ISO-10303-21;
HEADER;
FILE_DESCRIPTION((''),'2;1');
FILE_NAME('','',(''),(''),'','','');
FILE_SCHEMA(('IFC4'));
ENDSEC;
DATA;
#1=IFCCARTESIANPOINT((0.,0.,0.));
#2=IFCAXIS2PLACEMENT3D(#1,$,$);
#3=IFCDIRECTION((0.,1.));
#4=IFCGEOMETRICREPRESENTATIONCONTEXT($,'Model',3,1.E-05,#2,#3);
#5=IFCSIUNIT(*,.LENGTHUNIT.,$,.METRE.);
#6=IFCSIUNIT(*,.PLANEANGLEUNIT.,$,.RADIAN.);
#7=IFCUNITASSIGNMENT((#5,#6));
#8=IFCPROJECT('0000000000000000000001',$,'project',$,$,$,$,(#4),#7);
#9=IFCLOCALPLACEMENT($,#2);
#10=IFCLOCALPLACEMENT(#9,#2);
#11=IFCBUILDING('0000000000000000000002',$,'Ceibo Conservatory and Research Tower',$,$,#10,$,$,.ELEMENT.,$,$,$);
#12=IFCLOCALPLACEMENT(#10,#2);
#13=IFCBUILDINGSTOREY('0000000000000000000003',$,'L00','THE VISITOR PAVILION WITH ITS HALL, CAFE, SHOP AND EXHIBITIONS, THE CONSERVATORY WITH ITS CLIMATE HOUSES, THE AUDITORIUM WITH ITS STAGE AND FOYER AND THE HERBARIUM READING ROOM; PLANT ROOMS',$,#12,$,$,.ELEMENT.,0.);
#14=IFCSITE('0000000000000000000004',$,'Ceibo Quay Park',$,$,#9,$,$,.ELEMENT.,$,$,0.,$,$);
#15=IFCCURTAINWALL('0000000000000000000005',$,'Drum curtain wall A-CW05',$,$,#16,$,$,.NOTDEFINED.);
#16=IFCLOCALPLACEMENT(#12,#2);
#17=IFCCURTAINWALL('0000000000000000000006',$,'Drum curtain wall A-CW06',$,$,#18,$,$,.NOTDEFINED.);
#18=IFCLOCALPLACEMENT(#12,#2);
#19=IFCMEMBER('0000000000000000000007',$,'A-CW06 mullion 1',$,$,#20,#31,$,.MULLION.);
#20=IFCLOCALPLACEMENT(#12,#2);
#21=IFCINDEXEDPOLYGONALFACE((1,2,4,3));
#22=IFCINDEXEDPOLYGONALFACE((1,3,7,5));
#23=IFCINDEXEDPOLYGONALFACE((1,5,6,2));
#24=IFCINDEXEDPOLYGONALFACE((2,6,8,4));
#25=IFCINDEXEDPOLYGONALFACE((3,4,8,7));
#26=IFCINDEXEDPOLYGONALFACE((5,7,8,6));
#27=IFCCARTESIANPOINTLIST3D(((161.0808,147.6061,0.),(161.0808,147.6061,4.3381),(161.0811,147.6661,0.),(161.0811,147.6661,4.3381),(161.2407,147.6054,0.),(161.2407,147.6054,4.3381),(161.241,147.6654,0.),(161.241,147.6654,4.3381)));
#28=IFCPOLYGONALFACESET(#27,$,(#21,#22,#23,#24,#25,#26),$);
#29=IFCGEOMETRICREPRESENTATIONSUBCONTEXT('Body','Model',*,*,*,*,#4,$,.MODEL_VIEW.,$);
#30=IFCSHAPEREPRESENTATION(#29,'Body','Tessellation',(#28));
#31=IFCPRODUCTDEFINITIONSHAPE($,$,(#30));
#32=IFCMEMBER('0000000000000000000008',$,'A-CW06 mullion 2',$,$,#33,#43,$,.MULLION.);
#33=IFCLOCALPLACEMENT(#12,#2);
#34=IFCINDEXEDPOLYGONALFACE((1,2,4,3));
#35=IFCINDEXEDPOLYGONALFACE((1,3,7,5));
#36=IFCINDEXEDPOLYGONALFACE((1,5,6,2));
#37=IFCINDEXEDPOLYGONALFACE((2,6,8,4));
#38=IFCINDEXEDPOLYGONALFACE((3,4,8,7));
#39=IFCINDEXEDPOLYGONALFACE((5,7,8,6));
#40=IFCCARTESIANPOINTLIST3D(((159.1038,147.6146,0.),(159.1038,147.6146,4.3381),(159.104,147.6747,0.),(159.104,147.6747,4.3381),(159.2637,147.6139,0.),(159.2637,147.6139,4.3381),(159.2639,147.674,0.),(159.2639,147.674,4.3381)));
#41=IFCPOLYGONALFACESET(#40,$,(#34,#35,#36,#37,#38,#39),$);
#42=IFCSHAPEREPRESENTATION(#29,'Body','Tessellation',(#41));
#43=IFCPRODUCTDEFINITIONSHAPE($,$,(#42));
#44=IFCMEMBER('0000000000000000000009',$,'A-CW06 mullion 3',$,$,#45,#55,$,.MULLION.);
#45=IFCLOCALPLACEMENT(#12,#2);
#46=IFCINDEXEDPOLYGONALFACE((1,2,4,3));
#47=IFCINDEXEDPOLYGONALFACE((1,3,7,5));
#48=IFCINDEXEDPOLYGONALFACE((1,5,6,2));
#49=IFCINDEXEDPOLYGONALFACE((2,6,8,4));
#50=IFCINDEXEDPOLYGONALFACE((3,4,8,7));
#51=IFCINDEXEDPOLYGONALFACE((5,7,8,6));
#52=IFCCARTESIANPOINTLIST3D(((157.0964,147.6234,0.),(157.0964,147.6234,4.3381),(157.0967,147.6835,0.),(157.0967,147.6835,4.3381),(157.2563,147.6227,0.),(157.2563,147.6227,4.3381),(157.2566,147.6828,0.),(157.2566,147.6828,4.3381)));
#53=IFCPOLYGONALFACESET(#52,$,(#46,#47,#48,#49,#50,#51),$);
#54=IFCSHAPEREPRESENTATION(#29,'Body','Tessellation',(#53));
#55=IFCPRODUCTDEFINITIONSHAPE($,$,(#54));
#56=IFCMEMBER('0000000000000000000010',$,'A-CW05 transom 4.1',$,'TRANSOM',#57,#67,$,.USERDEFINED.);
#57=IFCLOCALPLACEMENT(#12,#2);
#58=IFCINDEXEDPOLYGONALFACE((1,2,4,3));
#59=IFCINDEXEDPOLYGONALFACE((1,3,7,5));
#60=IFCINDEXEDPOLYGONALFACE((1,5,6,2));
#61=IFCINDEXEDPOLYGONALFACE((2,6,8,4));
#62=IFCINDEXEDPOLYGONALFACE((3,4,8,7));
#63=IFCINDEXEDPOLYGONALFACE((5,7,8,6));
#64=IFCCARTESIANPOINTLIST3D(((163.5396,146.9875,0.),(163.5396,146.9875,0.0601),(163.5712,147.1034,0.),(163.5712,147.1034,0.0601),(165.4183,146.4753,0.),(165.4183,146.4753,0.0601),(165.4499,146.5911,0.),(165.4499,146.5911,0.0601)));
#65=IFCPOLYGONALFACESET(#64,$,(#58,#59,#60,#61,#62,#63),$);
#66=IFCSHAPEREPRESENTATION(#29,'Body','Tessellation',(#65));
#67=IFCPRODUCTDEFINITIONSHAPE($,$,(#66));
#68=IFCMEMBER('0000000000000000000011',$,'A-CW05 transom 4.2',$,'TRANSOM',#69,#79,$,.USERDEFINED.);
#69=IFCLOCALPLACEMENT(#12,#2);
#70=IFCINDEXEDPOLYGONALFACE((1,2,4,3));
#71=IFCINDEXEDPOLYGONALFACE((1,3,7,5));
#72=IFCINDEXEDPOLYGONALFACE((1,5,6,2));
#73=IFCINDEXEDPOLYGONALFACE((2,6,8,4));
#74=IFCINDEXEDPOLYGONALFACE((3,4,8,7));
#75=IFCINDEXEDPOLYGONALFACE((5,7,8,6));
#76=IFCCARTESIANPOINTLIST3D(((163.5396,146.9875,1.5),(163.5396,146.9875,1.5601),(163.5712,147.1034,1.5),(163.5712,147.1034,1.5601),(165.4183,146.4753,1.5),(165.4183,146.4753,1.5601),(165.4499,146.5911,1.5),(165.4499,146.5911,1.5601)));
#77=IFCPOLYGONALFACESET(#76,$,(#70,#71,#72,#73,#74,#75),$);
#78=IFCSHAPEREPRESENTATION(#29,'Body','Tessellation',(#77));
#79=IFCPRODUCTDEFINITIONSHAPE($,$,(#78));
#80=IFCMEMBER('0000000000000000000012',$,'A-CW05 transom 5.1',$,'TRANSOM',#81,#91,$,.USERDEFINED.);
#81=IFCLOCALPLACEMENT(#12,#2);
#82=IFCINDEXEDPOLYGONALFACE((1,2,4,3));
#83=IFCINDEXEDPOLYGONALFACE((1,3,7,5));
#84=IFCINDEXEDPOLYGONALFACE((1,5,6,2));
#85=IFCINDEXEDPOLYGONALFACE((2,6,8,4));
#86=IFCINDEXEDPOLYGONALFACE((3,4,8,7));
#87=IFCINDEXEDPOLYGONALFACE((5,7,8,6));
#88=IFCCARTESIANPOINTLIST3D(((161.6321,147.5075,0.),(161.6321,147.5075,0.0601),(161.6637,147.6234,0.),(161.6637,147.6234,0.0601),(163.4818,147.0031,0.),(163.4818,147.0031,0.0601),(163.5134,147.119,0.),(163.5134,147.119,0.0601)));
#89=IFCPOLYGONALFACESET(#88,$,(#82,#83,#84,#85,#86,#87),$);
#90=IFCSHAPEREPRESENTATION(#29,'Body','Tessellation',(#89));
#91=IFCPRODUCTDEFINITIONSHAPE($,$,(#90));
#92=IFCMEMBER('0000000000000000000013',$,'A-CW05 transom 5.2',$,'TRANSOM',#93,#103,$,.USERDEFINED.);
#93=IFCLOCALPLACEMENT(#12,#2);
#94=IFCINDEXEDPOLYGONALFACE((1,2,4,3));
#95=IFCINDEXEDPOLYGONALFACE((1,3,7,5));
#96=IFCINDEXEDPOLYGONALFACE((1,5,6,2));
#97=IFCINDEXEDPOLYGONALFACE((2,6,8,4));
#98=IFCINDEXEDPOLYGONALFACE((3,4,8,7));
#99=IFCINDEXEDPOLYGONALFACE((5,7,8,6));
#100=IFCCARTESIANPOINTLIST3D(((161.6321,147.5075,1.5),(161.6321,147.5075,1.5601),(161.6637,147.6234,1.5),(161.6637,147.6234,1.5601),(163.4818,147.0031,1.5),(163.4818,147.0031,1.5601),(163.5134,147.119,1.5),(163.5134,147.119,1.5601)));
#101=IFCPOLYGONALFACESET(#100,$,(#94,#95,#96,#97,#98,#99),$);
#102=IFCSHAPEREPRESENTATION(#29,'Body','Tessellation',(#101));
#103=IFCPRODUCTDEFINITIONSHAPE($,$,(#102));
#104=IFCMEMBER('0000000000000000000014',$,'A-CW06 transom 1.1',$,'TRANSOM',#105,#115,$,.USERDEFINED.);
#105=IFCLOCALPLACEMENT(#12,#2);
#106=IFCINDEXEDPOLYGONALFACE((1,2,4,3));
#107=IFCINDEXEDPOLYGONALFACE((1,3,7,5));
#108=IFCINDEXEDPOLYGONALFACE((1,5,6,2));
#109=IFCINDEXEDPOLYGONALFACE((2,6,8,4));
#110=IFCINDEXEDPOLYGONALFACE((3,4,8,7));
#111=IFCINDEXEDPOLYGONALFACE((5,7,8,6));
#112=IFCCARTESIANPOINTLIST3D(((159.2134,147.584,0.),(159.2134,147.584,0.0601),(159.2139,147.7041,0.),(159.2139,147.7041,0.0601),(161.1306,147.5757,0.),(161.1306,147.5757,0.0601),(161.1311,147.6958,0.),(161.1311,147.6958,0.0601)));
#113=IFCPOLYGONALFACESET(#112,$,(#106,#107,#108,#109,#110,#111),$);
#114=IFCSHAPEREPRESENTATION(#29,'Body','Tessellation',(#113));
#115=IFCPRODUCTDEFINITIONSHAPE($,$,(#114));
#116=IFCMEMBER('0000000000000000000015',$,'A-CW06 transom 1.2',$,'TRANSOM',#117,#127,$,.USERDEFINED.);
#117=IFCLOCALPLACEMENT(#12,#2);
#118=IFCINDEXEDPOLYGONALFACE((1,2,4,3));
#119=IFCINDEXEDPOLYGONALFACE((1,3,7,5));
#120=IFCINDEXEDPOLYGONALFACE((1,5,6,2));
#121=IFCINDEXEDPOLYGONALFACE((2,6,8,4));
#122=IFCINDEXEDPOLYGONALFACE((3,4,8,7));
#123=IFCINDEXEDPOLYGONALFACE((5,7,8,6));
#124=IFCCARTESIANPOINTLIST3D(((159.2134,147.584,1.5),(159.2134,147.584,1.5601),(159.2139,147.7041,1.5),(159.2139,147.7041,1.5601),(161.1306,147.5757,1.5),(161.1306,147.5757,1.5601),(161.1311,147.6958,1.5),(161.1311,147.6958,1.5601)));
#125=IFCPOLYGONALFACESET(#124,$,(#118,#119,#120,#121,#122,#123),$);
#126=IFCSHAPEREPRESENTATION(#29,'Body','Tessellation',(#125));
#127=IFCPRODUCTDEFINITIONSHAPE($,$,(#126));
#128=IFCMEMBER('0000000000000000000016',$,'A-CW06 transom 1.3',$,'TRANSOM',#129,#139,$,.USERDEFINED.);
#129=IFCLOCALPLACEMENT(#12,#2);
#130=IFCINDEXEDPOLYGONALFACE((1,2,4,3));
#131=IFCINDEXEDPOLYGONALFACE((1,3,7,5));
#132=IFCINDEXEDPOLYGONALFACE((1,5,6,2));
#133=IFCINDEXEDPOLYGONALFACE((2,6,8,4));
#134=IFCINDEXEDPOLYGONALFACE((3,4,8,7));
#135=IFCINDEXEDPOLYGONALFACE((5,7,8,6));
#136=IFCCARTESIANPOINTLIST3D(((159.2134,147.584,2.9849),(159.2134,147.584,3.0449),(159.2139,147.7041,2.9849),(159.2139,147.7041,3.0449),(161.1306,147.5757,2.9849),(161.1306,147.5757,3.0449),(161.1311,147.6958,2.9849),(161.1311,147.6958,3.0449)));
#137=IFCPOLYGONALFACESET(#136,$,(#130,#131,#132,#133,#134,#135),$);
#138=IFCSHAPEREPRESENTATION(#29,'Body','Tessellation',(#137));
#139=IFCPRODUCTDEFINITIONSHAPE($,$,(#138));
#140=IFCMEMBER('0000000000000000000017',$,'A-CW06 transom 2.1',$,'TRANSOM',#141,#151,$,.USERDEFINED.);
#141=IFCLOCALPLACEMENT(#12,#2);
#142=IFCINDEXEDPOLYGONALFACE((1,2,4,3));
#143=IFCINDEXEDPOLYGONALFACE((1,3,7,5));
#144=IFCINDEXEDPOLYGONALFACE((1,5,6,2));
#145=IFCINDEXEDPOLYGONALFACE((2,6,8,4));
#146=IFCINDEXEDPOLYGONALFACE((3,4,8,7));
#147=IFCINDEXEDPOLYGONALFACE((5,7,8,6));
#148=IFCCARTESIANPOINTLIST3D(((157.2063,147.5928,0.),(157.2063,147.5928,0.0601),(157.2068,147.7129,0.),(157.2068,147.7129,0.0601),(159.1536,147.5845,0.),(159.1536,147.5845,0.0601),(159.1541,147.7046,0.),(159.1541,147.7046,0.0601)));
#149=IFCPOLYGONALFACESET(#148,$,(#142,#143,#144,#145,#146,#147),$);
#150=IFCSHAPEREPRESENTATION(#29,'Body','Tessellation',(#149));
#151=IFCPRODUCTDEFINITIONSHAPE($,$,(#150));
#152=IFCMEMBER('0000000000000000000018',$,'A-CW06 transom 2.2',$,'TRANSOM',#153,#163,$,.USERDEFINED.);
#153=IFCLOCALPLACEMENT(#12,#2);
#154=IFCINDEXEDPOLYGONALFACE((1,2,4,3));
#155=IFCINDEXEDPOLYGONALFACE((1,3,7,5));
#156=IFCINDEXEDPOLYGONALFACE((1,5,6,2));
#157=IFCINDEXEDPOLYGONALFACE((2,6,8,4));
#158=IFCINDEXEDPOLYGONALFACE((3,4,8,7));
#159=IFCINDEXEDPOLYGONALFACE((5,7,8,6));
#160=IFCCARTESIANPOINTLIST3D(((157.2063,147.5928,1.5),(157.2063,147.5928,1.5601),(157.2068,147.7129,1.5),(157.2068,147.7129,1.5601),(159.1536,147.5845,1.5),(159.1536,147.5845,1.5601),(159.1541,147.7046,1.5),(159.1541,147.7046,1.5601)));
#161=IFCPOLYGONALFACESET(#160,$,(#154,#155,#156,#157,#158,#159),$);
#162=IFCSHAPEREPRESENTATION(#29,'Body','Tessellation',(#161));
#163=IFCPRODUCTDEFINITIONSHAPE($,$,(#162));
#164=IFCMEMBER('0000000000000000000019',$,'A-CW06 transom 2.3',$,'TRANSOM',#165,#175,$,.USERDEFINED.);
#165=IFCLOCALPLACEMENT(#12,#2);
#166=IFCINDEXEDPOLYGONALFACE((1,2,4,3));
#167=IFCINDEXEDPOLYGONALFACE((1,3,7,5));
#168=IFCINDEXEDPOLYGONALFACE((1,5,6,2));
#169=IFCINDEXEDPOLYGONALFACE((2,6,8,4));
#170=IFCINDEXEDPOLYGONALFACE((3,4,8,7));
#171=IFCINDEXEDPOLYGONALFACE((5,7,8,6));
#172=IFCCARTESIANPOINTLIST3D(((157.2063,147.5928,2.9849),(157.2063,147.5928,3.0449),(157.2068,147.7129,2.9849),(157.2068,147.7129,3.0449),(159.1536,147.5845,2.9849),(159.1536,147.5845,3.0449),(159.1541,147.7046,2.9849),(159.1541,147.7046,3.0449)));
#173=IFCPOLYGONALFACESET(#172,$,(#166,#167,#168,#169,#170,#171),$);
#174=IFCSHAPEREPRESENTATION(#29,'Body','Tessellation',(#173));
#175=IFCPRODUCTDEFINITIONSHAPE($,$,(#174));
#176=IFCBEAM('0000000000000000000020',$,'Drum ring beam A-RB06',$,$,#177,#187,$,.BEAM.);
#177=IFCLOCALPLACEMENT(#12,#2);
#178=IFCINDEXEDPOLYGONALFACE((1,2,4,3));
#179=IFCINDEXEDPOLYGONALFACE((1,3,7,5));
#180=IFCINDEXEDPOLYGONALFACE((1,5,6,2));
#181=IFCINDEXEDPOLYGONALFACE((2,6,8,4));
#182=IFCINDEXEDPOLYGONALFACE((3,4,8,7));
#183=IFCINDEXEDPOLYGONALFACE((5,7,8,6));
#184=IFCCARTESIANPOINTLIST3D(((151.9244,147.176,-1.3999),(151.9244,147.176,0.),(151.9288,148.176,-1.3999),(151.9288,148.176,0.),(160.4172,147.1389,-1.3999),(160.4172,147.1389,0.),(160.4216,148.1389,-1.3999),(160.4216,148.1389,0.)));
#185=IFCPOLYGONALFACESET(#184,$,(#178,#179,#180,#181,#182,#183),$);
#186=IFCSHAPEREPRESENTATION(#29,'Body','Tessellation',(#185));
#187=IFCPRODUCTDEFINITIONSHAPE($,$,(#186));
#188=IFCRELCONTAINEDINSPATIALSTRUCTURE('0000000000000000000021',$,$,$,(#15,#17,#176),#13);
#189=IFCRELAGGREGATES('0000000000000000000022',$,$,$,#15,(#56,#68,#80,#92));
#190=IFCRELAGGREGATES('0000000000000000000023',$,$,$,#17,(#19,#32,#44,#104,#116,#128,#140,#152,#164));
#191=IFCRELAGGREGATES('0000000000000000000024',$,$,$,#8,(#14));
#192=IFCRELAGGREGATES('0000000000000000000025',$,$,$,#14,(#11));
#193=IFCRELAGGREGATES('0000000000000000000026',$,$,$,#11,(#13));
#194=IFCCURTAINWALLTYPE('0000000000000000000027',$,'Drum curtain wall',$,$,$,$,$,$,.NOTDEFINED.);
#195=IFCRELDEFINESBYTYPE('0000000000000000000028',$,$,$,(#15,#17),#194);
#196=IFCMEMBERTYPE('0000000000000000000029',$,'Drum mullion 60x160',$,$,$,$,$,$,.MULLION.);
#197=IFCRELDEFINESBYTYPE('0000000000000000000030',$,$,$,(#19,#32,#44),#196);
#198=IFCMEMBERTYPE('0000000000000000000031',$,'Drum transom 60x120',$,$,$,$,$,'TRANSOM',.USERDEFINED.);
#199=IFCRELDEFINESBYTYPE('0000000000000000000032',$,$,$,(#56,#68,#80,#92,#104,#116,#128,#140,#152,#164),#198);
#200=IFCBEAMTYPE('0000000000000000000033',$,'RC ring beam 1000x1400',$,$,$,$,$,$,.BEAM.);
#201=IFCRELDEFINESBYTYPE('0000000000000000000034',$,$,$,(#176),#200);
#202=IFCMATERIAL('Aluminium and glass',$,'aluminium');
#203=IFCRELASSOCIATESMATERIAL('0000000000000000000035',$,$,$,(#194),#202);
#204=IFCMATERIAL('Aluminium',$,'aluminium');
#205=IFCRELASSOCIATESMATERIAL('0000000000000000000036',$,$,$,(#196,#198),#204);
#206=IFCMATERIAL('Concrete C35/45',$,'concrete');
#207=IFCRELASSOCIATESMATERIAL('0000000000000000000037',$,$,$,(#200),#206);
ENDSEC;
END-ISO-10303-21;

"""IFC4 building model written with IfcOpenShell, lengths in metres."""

from ifc_helpers import new_model, si_unit, direction, frame, origin, origin_2d, place, context, subcontext, project, spatial, rectangle, extrude, material, material_profile, profile_set, type_object, element, aggregate, save


model = new_model("IFC4")

# Units and contexts
model_context = context("Model", 3, precision=1e-05, world=origin(), true_north=direction((0.0, 1.0)))
body_context = subcontext(model_context, "Body", "Model", "MODEL_VIEW")
ifc_project = project(units=[si_unit("LENGTHUNIT", "METRE"), si_unit("PLANEANGLEUNIT", "RADIAN")], contexts=[model_context])

# Site, building, storey
site_placement = place(None, origin())
site = spatial("IfcSite", under=ifc_project, at=site_placement, Name="Ceibo Quay Park", CompositionType="ELEMENT", RefElevation=0.0)
building_placement = place(site_placement, origin())
building = spatial("IfcBuilding", under=site, at=building_placement, Name="Ceibo Conservatory and Research Tower", CompositionType="ELEMENT")
storey_placement = place(building_placement, origin())
storey = spatial("IfcBuildingStorey", under=building, at=storey_placement, Name="L00", Description="THE VISITOR PAVILION WITH ITS HALL, CAFE, SHOP AND EXHIBITIONS, THE CONSERVATORY WITH ITS CLIMATE HOUSES, THE AUDITORIUM WITH ITS STAGE AND FOYER AND THE HERBARIUM READING ROOM; PLANT ROOMS", CompositionType="ELEMENT", Elevation=0.0)

# Shared definitions
ifc_material_1 = material(Name="Concrete C35/45", Category="concrete")

# Curtain walls, members
ifc_material_2 = material(Name="Aluminium and glass", Category="aluminium")
curtain_wall_type = type_object("IfcCurtainWallType", Name="Drum curtain wall", PredefinedType="NOTDEFINED", material=ifc_material_2)
curtain_wall_1_placement = place(storey_placement, origin())
curtain_wall_1 = element("IfcCurtainWall", 1, at=curtain_wall_1_placement, inside=storey, type_object=curtain_wall_type, Name="Drum curtain wall A-CW05", PredefinedType="NOTDEFINED")
ifc_material_3 = material(Name="Aluminium", Category="aluminium")
ifc_material_profile_1 = material_profile(ifc_material_3, rectangle(XDim=0.0601, YDim=0.1599, at=origin_2d()), Name="AL 60x160")
ifc_profile_set_1 = profile_set([ifc_material_profile_1], Name="Aluminium")
member_type_1 = type_object("IfcMemberType", Name="Drum mullion 60x160", PredefinedType="MULLION", material=ifc_profile_set_1)
curtain_wall_2_placement = place(storey_placement, origin())
curtain_wall_2 = element("IfcCurtainWall", 2, at=curtain_wall_2_placement, inside=storey, type_object=curtain_wall_type, Name="Drum curtain wall A-CW06", PredefinedType="NOTDEFINED")
member_1_placement = place(storey_placement, frame((161.1609, 147.6357, 0.0), z_axis=(0.0, 0.0, 1.0), x_axis=(-0.004363, -0.99999, 0.0)))
member_1 = element("IfcMember", 3, at=member_1_placement, type_object=member_type_1, Name="A-CW06 mullion 1", PredefinedType="MULLION", context=body_context, shape_type="SweptSolid", body=[
    extrude(rectangle(XDim=0.0601, YDim=0.1599, at=origin_2d()), origin(), (0.0, 0.0, 1.0), 4.3381),
])
member_2_placement = place(storey_placement, frame((159.1838, 147.6443, 0.0), z_axis=(0.0, 0.0, 1.0), x_axis=(-0.004363, -0.99999, 0.0)))
member_2 = element("IfcMember", 4, at=member_2_placement, type_object=member_type_1, Name="A-CW06 mullion 2", PredefinedType="MULLION", context=body_context, shape_type="SweptSolid", body=[
    extrude(rectangle(XDim=0.0601, YDim=0.1599, at=origin_2d()), origin(), (0.0, 0.0, 1.0), 4.3381),
])
member_3_placement = place(storey_placement, frame((157.1765, 147.6531, 0.0), z_axis=(0.0, 0.0, 1.0), x_axis=(-0.004363, -0.99999, 0.0)))
member_3 = element("IfcMember", 5, at=member_3_placement, type_object=member_type_1, Name="A-CW06 mullion 3", PredefinedType="MULLION", context=body_context, shape_type="SweptSolid", body=[
    extrude(rectangle(XDim=0.0601, YDim=0.1599, at=origin_2d()), origin(), (0.0, 0.0, 1.0), 4.3381),
])

# Members
ifc_material_profile_2 = material_profile(ifc_material_3, rectangle(XDim=0.1201, YDim=0.0601, at=origin_2d()), Name="AL 60x120")
ifc_profile_set_2 = profile_set([ifc_material_profile_2], Name="Aluminium")
member_type_2 = type_object("IfcMemberType", Name="Drum transom 60x120", ElementType="TRANSOM", PredefinedType="USERDEFINED", material=ifc_profile_set_2)
member_4_placement = place(storey_placement, frame((165.4341, 146.5332, 0.03), z_axis=(-0.964784, 0.263043, 0.0), x_axis=(-0.263043, -0.964784, 0.0)))
member_4 = element("IfcMember", 6, at=member_4_placement, type_object=member_type_2, Name="A-CW05 transom 4.1", ObjectType="TRANSOM", PredefinedType="USERDEFINED", context=body_context, shape_type="SweptSolid", body=[
    extrude(rectangle(XDim=0.1201, YDim=0.0601, at=origin_2d()), origin(), (0.0, 0.0, 1.0), 1.9473),
])
member_5_placement = place(storey_placement, frame((165.4341, 146.5332, 1.53), z_axis=(-0.964784, 0.263043, 0.0), x_axis=(-0.263043, -0.964784, 0.0)))
member_5 = element("IfcMember", 7, at=member_5_placement, type_object=member_type_2, Name="A-CW05 transom 4.2", ObjectType="TRANSOM", PredefinedType="USERDEFINED", context=body_context, shape_type="SweptSolid", body=[
    extrude(rectangle(XDim=0.1201, YDim=0.0601, at=origin_2d()), origin(), (0.0, 0.0, 1.0), 1.9473),
])
member_6_placement = place(storey_placement, frame((163.4976, 147.061, 0.03), z_axis=(-0.96477, 0.263096, 0.0), x_axis=(-0.263096, -0.96477, 0.0)))
member_6 = element("IfcMember", 8, at=member_6_placement, type_object=member_type_2, Name="A-CW05 transom 5.1", ObjectType="TRANSOM", PredefinedType="USERDEFINED", context=body_context, shape_type="SweptSolid", body=[
    extrude(rectangle(XDim=0.1201, YDim=0.0601, at=origin_2d()), origin(), (0.0, 0.0, 1.0), 1.9172),
])
member_7_placement = place(storey_placement, frame((163.4976, 147.061, 1.53), z_axis=(-0.96477, 0.263096, 0.0), x_axis=(-0.263096, -0.96477, 0.0)))
member_7 = element("IfcMember", 9, at=member_7_placement, type_object=member_type_2, Name="A-CW05 transom 5.2", ObjectType="TRANSOM", PredefinedType="USERDEFINED", context=body_context, shape_type="SweptSolid", body=[
    extrude(rectangle(XDim=0.1201, YDim=0.0601, at=origin_2d()), origin(), (0.0, 0.0, 1.0), 1.9172),
])
member_8_placement = place(storey_placement, frame((161.1309, 147.6357, 0.03), z_axis=(-0.999991, 0.00433, 0.0), x_axis=(-0.00433, -0.999991, 0.0)))
member_8 = element("IfcMember", 10, at=member_8_placement, type_object=member_type_2, Name="A-CW06 transom 1.1", ObjectType="TRANSOM", PredefinedType="USERDEFINED", context=body_context, shape_type="SweptSolid", body=[
    extrude(rectangle(XDim=0.1201, YDim=0.0601, at=origin_2d()), origin(), (0.0, 0.0, 1.0), 1.9172),
])
member_9_placement = place(storey_placement, frame((161.1309, 147.6357, 1.53), z_axis=(-0.999991, 0.00433, 0.0), x_axis=(-0.00433, -0.999991, 0.0)))
member_9 = element("IfcMember", 11, at=member_9_placement, type_object=member_type_2, Name="A-CW06 transom 1.2", ObjectType="TRANSOM", PredefinedType="USERDEFINED", context=body_context, shape_type="SweptSolid", body=[
    extrude(rectangle(XDim=0.1201, YDim=0.0601, at=origin_2d()), origin(), (0.0, 0.0, 1.0), 1.9172),
])
member_10_placement = place(storey_placement, frame((161.1309, 147.6357, 3.0149), z_axis=(-0.999991, 0.00433, 0.0), x_axis=(-0.00433, -0.999991, 0.0)))
member_10 = element("IfcMember", 12, at=member_10_placement, type_object=member_type_2, Name="A-CW06 transom 1.3", ObjectType="TRANSOM", PredefinedType="USERDEFINED", context=body_context, shape_type="SweptSolid", body=[
    extrude(rectangle(XDim=0.1201, YDim=0.0601, at=origin_2d()), origin(), (0.0, 0.0, 1.0), 1.9172),
])
member_11_placement = place(storey_placement, frame((159.1538, 147.6445, 0.03), z_axis=(-0.999991, 0.004263, 0.0), x_axis=(-0.004263, -0.999991, 0.0)))
member_11 = element("IfcMember", 13, at=member_11_placement, type_object=member_type_2, Name="A-CW06 transom 2.1", ObjectType="TRANSOM", PredefinedType="USERDEFINED", context=body_context, shape_type="SweptSolid", body=[
    extrude(rectangle(XDim=0.1201, YDim=0.0601, at=origin_2d()), origin(), (0.0, 0.0, 1.0), 1.9473),
])
member_12_placement = place(storey_placement, frame((159.1538, 147.6445, 1.53), z_axis=(-0.999991, 0.004263, 0.0), x_axis=(-0.004263, -0.999991, 0.0)))
member_12 = element("IfcMember", 14, at=member_12_placement, type_object=member_type_2, Name="A-CW06 transom 2.2", ObjectType="TRANSOM", PredefinedType="USERDEFINED", context=body_context, shape_type="SweptSolid", body=[
    extrude(rectangle(XDim=0.1201, YDim=0.0601, at=origin_2d()), origin(), (0.0, 0.0, 1.0), 1.9473),
])
member_13_placement = place(storey_placement, frame((159.1538, 147.6445, 3.0149), z_axis=(-0.999991, 0.004263, 0.0), x_axis=(-0.004263, -0.999991, 0.0)))
member_13 = element("IfcMember", 15, at=member_13_placement, type_object=member_type_2, Name="A-CW06 transom 2.3", ObjectType="TRANSOM", PredefinedType="USERDEFINED", context=body_context, shape_type="SweptSolid", body=[
    extrude(rectangle(XDim=0.1201, YDim=0.0601, at=origin_2d()), origin(), (0.0, 0.0, 1.0), 1.9473),
])

# Beam
ifc_material_profile_3 = material_profile(ifc_material_1, rectangle(XDim=1.0, YDim=1.3999, at=origin_2d()), Name="RC 1000x1400")
ifc_profile_set_3 = profile_set([ifc_material_profile_3], Name="Concrete C35/45")
beam_type = type_object("IfcBeamType", Name="RC ring beam 1000x1400", PredefinedType="BEAM", material=ifc_profile_set_3)
beam_placement = place(storey_placement, frame((160.4194, 147.6389, -0.7), z_axis=(-0.99999, 0.004369, 0.0), x_axis=(-0.004369, -0.99999, 0.0)))
element("IfcBeam", 16, at=beam_placement, inside=storey, type_object=beam_type, Name="Drum ring beam A-RB06", PredefinedType="BEAM", context=body_context, shape_type="SweptSolid", body=[
    extrude(rectangle(XDim=1.0, YDim=1.3999, at=origin_2d()), origin(), (0.0, 0.0, 1.0), 8.4929),
])

aggregate(curtain_wall_1, [member_4, member_5, member_6, member_7])
aggregate(curtain_wall_2, [member_1, member_2, member_3, member_8, member_9, member_10, member_11, member_12, member_13])

save(model, "model.ifc")
